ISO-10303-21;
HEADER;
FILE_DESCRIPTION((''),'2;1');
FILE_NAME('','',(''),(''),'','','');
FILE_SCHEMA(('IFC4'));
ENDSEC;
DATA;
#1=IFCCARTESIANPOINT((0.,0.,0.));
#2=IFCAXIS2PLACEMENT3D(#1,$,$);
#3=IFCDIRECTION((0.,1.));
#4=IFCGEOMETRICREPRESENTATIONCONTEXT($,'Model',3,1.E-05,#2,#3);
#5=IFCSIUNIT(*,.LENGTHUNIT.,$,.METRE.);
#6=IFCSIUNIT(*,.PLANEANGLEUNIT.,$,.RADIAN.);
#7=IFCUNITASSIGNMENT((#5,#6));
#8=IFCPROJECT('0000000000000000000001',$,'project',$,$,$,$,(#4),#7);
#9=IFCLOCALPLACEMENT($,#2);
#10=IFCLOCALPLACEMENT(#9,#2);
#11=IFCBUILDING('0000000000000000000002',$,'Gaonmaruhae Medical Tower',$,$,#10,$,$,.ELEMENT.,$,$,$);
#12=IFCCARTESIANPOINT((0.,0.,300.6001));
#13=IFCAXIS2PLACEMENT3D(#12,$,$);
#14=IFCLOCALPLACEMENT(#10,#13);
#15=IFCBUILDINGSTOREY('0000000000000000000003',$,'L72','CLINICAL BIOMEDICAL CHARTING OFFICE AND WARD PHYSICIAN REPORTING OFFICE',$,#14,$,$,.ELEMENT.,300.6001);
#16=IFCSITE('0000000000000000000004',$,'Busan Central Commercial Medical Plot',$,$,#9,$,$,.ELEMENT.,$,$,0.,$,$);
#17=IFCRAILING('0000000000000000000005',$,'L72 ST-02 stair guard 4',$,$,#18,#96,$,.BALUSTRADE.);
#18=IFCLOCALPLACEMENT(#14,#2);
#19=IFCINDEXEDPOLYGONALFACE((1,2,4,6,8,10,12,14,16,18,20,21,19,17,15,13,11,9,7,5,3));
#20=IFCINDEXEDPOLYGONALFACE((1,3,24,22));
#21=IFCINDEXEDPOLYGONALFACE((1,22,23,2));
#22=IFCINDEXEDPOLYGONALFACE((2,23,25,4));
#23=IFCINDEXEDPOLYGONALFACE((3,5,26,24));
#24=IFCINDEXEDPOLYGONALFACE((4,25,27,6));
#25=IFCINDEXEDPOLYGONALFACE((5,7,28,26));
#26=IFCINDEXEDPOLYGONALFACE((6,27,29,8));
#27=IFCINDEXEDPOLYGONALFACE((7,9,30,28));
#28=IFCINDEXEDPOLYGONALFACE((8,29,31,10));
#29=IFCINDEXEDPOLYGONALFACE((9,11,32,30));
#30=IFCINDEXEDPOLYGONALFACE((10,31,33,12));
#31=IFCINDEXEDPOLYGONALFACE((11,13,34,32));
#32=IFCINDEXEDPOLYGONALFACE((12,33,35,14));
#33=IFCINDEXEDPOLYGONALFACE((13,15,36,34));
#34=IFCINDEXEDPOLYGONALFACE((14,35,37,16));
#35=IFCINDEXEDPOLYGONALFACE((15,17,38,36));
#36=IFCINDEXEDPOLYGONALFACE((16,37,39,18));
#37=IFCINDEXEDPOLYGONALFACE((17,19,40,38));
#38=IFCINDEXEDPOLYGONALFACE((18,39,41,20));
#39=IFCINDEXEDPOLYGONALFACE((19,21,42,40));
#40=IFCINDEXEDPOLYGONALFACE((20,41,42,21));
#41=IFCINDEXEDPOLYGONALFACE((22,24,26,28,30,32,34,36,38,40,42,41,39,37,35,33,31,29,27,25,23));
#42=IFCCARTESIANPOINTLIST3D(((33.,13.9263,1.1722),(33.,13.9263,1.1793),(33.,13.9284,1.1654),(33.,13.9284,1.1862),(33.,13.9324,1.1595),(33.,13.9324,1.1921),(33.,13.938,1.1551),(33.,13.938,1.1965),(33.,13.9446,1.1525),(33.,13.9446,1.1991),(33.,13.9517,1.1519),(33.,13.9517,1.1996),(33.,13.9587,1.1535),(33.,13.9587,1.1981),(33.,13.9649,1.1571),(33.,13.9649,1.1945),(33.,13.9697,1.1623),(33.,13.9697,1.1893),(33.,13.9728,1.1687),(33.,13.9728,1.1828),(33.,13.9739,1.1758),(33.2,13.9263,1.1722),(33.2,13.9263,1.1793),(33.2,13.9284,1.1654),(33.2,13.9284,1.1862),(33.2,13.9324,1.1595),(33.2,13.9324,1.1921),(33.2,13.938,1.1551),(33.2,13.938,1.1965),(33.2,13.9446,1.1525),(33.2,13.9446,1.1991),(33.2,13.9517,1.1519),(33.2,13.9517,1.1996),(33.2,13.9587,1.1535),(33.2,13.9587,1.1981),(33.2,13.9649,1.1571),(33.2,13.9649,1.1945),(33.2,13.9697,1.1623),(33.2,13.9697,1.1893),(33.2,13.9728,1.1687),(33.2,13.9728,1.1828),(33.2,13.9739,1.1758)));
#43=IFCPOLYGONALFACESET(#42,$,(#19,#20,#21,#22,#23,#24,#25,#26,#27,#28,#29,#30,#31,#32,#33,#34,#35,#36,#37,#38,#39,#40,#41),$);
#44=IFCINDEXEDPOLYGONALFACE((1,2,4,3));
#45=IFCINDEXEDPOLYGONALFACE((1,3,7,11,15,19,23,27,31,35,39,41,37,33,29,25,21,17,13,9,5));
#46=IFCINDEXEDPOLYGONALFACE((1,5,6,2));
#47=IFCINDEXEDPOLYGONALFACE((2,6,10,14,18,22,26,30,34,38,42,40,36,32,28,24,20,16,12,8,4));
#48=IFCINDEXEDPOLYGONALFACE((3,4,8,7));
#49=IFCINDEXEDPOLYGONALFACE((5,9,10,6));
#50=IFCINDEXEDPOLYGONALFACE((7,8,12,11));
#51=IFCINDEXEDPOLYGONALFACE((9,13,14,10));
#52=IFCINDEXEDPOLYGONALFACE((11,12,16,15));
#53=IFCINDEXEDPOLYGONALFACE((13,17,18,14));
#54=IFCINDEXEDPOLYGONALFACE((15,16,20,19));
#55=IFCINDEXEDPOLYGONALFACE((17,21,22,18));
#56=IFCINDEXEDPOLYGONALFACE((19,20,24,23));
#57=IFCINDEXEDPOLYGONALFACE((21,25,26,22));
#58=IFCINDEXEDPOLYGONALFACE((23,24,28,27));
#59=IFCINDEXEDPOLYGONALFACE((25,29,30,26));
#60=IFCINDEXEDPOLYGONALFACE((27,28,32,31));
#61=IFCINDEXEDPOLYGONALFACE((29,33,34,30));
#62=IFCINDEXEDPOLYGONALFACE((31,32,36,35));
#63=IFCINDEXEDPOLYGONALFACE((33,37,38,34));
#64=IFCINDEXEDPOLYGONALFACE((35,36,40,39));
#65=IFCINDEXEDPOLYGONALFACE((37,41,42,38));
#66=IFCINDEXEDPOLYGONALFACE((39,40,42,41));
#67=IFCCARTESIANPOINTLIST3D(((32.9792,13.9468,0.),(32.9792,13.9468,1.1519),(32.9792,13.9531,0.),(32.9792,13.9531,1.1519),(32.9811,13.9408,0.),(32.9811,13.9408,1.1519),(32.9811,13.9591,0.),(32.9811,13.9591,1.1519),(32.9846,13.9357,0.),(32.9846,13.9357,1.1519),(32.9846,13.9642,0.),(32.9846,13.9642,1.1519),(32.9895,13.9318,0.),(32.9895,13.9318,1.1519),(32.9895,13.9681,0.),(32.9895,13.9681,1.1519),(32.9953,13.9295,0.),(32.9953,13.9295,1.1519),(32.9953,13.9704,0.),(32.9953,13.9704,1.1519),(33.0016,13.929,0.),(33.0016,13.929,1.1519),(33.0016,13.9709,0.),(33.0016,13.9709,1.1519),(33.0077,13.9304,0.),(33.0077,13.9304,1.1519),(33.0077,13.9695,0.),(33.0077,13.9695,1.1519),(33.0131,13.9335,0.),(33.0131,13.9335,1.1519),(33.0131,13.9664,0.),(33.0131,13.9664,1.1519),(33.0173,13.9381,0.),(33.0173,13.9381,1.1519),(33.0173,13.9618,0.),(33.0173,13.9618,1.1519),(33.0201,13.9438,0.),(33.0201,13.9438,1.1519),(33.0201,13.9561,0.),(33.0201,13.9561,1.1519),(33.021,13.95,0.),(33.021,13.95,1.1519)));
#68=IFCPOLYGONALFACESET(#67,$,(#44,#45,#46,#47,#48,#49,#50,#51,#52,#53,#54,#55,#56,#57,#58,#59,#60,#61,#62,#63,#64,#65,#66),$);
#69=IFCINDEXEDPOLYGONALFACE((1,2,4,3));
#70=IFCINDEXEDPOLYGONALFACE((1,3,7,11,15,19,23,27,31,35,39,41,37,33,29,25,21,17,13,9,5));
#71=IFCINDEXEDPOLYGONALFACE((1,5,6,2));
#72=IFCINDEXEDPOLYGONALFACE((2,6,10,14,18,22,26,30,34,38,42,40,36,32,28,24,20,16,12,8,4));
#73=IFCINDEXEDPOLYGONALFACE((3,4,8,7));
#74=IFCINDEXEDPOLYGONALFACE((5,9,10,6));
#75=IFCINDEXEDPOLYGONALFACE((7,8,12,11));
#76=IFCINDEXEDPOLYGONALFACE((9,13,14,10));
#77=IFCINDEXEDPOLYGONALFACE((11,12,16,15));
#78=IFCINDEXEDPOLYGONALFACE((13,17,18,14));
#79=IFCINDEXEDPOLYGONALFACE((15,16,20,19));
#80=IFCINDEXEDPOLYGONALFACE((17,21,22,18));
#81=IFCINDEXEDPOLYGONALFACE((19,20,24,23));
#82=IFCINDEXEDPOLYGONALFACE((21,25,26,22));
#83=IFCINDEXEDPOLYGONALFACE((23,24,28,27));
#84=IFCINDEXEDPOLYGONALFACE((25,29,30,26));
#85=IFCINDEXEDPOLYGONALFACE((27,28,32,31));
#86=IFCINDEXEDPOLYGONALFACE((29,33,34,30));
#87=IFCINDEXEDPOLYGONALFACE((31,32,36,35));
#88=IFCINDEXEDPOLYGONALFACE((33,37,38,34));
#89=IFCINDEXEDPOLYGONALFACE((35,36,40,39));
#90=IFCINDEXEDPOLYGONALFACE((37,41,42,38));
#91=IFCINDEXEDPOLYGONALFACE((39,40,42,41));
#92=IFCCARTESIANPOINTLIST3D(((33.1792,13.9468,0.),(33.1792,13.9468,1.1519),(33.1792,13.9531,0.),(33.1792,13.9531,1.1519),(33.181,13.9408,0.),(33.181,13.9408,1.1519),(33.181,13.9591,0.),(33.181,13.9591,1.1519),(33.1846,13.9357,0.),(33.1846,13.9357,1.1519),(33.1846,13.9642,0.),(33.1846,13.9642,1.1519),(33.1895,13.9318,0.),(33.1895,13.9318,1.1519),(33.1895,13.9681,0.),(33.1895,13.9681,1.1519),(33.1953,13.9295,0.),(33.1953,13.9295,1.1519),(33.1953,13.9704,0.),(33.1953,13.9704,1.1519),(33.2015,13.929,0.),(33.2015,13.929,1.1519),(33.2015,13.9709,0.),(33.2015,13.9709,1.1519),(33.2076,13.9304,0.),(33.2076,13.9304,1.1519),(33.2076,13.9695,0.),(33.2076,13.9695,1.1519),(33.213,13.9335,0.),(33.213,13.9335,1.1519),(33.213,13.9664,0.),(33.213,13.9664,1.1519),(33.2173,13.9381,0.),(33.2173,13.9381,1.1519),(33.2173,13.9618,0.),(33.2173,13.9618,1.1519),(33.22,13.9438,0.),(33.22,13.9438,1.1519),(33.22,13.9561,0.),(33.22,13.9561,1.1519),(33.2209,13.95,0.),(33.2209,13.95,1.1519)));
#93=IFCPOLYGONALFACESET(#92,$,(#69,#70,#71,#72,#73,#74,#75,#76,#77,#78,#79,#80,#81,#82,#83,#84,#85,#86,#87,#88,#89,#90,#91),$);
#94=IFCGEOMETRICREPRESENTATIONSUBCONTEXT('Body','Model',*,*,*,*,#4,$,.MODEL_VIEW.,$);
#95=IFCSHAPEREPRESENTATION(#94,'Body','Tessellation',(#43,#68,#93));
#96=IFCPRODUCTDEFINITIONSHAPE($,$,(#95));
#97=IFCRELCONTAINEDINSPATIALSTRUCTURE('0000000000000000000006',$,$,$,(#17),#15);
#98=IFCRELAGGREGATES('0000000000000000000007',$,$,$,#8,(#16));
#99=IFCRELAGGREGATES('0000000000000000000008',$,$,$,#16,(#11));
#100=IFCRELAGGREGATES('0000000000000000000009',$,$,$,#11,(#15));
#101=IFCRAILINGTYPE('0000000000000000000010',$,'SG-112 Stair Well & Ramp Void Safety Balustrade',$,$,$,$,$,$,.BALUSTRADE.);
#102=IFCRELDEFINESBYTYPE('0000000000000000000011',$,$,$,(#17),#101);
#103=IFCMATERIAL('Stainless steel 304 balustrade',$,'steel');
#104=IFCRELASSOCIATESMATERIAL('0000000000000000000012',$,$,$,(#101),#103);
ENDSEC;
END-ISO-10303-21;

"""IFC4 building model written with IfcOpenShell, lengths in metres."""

from ifc_helpers import new_model, si_unit, direction, frame, origin, origin_2d, place, context, subcontext, project, spatial, circle, extrude, material, type_object, element, save


model = new_model("IFC4")

# Units and contexts
model_context = context("Model", 3, precision=1e-05, world=origin(), true_north=direction((0.0, 1.0)))
body_context = subcontext(model_context, "Body", "Model", "MODEL_VIEW")
ifc_project = project(units=[si_unit("LENGTHUNIT", "METRE"), si_unit("PLANEANGLEUNIT", "RADIAN")], contexts=[model_context])

# Site, building, storey
site_placement = place(None, origin())
site = spatial("IfcSite", under=ifc_project, at=site_placement, Name="Busan Central Commercial Medical Plot", CompositionType="ELEMENT", RefElevation=0.0)
building_placement = place(site_placement, origin())
building = spatial("IfcBuilding", under=site, at=building_placement, Name="Gaonmaruhae Medical Tower", CompositionType="ELEMENT")
storey_placement = place(building_placement, frame((0.0, 0.0, 300.6001)))
storey = spatial("IfcBuildingStorey", under=building, at=storey_placement, Name="L72", Description="CLINICAL BIOMEDICAL CHARTING OFFICE AND WARD PHYSICIAN REPORTING OFFICE", CompositionType="ELEMENT", Elevation=300.6001)

# Railing
ifc_material_1 = material(Name="Stainless steel 304 balustrade", Category="steel")
railing_type_1 = type_object("IfcRailingType", Name="SG-112 Stair Well & Ramp Void Safety Balustrade", PredefinedType="BALUSTRADE", material=ifc_material_1)
railing_1_placement = place(storey_placement, frame((33.0, 13.95, 0.0)))
element("IfcRailing", 1, at=railing_1_placement, inside=storey, type_object=railing_type_1, Name="L72 ST-02 stair guard 4", PredefinedType="BALUSTRADE", context=body_context, shape_type="SweptSolid", body=[
    extrude(circle(Radius=0.0239, at=origin_2d()), frame((0.0, 0.0, 1.1758), z_axis=(1.0, 0.0, 0.0), x_axis=(0.0, 1.0, 0.0)), (0.0, 0.0, 1.0), 0.2),
    extrude(circle(Radius=0.021, at=origin_2d()), origin(), (0.0, 0.0, 1.0), 1.1519),
    extrude(circle(Radius=0.021, at=origin_2d()), frame((0.2, 0.0, 0.0)), (0.0, 0.0, 1.0), 1.1519),
])

save(model, "model.ifc")
